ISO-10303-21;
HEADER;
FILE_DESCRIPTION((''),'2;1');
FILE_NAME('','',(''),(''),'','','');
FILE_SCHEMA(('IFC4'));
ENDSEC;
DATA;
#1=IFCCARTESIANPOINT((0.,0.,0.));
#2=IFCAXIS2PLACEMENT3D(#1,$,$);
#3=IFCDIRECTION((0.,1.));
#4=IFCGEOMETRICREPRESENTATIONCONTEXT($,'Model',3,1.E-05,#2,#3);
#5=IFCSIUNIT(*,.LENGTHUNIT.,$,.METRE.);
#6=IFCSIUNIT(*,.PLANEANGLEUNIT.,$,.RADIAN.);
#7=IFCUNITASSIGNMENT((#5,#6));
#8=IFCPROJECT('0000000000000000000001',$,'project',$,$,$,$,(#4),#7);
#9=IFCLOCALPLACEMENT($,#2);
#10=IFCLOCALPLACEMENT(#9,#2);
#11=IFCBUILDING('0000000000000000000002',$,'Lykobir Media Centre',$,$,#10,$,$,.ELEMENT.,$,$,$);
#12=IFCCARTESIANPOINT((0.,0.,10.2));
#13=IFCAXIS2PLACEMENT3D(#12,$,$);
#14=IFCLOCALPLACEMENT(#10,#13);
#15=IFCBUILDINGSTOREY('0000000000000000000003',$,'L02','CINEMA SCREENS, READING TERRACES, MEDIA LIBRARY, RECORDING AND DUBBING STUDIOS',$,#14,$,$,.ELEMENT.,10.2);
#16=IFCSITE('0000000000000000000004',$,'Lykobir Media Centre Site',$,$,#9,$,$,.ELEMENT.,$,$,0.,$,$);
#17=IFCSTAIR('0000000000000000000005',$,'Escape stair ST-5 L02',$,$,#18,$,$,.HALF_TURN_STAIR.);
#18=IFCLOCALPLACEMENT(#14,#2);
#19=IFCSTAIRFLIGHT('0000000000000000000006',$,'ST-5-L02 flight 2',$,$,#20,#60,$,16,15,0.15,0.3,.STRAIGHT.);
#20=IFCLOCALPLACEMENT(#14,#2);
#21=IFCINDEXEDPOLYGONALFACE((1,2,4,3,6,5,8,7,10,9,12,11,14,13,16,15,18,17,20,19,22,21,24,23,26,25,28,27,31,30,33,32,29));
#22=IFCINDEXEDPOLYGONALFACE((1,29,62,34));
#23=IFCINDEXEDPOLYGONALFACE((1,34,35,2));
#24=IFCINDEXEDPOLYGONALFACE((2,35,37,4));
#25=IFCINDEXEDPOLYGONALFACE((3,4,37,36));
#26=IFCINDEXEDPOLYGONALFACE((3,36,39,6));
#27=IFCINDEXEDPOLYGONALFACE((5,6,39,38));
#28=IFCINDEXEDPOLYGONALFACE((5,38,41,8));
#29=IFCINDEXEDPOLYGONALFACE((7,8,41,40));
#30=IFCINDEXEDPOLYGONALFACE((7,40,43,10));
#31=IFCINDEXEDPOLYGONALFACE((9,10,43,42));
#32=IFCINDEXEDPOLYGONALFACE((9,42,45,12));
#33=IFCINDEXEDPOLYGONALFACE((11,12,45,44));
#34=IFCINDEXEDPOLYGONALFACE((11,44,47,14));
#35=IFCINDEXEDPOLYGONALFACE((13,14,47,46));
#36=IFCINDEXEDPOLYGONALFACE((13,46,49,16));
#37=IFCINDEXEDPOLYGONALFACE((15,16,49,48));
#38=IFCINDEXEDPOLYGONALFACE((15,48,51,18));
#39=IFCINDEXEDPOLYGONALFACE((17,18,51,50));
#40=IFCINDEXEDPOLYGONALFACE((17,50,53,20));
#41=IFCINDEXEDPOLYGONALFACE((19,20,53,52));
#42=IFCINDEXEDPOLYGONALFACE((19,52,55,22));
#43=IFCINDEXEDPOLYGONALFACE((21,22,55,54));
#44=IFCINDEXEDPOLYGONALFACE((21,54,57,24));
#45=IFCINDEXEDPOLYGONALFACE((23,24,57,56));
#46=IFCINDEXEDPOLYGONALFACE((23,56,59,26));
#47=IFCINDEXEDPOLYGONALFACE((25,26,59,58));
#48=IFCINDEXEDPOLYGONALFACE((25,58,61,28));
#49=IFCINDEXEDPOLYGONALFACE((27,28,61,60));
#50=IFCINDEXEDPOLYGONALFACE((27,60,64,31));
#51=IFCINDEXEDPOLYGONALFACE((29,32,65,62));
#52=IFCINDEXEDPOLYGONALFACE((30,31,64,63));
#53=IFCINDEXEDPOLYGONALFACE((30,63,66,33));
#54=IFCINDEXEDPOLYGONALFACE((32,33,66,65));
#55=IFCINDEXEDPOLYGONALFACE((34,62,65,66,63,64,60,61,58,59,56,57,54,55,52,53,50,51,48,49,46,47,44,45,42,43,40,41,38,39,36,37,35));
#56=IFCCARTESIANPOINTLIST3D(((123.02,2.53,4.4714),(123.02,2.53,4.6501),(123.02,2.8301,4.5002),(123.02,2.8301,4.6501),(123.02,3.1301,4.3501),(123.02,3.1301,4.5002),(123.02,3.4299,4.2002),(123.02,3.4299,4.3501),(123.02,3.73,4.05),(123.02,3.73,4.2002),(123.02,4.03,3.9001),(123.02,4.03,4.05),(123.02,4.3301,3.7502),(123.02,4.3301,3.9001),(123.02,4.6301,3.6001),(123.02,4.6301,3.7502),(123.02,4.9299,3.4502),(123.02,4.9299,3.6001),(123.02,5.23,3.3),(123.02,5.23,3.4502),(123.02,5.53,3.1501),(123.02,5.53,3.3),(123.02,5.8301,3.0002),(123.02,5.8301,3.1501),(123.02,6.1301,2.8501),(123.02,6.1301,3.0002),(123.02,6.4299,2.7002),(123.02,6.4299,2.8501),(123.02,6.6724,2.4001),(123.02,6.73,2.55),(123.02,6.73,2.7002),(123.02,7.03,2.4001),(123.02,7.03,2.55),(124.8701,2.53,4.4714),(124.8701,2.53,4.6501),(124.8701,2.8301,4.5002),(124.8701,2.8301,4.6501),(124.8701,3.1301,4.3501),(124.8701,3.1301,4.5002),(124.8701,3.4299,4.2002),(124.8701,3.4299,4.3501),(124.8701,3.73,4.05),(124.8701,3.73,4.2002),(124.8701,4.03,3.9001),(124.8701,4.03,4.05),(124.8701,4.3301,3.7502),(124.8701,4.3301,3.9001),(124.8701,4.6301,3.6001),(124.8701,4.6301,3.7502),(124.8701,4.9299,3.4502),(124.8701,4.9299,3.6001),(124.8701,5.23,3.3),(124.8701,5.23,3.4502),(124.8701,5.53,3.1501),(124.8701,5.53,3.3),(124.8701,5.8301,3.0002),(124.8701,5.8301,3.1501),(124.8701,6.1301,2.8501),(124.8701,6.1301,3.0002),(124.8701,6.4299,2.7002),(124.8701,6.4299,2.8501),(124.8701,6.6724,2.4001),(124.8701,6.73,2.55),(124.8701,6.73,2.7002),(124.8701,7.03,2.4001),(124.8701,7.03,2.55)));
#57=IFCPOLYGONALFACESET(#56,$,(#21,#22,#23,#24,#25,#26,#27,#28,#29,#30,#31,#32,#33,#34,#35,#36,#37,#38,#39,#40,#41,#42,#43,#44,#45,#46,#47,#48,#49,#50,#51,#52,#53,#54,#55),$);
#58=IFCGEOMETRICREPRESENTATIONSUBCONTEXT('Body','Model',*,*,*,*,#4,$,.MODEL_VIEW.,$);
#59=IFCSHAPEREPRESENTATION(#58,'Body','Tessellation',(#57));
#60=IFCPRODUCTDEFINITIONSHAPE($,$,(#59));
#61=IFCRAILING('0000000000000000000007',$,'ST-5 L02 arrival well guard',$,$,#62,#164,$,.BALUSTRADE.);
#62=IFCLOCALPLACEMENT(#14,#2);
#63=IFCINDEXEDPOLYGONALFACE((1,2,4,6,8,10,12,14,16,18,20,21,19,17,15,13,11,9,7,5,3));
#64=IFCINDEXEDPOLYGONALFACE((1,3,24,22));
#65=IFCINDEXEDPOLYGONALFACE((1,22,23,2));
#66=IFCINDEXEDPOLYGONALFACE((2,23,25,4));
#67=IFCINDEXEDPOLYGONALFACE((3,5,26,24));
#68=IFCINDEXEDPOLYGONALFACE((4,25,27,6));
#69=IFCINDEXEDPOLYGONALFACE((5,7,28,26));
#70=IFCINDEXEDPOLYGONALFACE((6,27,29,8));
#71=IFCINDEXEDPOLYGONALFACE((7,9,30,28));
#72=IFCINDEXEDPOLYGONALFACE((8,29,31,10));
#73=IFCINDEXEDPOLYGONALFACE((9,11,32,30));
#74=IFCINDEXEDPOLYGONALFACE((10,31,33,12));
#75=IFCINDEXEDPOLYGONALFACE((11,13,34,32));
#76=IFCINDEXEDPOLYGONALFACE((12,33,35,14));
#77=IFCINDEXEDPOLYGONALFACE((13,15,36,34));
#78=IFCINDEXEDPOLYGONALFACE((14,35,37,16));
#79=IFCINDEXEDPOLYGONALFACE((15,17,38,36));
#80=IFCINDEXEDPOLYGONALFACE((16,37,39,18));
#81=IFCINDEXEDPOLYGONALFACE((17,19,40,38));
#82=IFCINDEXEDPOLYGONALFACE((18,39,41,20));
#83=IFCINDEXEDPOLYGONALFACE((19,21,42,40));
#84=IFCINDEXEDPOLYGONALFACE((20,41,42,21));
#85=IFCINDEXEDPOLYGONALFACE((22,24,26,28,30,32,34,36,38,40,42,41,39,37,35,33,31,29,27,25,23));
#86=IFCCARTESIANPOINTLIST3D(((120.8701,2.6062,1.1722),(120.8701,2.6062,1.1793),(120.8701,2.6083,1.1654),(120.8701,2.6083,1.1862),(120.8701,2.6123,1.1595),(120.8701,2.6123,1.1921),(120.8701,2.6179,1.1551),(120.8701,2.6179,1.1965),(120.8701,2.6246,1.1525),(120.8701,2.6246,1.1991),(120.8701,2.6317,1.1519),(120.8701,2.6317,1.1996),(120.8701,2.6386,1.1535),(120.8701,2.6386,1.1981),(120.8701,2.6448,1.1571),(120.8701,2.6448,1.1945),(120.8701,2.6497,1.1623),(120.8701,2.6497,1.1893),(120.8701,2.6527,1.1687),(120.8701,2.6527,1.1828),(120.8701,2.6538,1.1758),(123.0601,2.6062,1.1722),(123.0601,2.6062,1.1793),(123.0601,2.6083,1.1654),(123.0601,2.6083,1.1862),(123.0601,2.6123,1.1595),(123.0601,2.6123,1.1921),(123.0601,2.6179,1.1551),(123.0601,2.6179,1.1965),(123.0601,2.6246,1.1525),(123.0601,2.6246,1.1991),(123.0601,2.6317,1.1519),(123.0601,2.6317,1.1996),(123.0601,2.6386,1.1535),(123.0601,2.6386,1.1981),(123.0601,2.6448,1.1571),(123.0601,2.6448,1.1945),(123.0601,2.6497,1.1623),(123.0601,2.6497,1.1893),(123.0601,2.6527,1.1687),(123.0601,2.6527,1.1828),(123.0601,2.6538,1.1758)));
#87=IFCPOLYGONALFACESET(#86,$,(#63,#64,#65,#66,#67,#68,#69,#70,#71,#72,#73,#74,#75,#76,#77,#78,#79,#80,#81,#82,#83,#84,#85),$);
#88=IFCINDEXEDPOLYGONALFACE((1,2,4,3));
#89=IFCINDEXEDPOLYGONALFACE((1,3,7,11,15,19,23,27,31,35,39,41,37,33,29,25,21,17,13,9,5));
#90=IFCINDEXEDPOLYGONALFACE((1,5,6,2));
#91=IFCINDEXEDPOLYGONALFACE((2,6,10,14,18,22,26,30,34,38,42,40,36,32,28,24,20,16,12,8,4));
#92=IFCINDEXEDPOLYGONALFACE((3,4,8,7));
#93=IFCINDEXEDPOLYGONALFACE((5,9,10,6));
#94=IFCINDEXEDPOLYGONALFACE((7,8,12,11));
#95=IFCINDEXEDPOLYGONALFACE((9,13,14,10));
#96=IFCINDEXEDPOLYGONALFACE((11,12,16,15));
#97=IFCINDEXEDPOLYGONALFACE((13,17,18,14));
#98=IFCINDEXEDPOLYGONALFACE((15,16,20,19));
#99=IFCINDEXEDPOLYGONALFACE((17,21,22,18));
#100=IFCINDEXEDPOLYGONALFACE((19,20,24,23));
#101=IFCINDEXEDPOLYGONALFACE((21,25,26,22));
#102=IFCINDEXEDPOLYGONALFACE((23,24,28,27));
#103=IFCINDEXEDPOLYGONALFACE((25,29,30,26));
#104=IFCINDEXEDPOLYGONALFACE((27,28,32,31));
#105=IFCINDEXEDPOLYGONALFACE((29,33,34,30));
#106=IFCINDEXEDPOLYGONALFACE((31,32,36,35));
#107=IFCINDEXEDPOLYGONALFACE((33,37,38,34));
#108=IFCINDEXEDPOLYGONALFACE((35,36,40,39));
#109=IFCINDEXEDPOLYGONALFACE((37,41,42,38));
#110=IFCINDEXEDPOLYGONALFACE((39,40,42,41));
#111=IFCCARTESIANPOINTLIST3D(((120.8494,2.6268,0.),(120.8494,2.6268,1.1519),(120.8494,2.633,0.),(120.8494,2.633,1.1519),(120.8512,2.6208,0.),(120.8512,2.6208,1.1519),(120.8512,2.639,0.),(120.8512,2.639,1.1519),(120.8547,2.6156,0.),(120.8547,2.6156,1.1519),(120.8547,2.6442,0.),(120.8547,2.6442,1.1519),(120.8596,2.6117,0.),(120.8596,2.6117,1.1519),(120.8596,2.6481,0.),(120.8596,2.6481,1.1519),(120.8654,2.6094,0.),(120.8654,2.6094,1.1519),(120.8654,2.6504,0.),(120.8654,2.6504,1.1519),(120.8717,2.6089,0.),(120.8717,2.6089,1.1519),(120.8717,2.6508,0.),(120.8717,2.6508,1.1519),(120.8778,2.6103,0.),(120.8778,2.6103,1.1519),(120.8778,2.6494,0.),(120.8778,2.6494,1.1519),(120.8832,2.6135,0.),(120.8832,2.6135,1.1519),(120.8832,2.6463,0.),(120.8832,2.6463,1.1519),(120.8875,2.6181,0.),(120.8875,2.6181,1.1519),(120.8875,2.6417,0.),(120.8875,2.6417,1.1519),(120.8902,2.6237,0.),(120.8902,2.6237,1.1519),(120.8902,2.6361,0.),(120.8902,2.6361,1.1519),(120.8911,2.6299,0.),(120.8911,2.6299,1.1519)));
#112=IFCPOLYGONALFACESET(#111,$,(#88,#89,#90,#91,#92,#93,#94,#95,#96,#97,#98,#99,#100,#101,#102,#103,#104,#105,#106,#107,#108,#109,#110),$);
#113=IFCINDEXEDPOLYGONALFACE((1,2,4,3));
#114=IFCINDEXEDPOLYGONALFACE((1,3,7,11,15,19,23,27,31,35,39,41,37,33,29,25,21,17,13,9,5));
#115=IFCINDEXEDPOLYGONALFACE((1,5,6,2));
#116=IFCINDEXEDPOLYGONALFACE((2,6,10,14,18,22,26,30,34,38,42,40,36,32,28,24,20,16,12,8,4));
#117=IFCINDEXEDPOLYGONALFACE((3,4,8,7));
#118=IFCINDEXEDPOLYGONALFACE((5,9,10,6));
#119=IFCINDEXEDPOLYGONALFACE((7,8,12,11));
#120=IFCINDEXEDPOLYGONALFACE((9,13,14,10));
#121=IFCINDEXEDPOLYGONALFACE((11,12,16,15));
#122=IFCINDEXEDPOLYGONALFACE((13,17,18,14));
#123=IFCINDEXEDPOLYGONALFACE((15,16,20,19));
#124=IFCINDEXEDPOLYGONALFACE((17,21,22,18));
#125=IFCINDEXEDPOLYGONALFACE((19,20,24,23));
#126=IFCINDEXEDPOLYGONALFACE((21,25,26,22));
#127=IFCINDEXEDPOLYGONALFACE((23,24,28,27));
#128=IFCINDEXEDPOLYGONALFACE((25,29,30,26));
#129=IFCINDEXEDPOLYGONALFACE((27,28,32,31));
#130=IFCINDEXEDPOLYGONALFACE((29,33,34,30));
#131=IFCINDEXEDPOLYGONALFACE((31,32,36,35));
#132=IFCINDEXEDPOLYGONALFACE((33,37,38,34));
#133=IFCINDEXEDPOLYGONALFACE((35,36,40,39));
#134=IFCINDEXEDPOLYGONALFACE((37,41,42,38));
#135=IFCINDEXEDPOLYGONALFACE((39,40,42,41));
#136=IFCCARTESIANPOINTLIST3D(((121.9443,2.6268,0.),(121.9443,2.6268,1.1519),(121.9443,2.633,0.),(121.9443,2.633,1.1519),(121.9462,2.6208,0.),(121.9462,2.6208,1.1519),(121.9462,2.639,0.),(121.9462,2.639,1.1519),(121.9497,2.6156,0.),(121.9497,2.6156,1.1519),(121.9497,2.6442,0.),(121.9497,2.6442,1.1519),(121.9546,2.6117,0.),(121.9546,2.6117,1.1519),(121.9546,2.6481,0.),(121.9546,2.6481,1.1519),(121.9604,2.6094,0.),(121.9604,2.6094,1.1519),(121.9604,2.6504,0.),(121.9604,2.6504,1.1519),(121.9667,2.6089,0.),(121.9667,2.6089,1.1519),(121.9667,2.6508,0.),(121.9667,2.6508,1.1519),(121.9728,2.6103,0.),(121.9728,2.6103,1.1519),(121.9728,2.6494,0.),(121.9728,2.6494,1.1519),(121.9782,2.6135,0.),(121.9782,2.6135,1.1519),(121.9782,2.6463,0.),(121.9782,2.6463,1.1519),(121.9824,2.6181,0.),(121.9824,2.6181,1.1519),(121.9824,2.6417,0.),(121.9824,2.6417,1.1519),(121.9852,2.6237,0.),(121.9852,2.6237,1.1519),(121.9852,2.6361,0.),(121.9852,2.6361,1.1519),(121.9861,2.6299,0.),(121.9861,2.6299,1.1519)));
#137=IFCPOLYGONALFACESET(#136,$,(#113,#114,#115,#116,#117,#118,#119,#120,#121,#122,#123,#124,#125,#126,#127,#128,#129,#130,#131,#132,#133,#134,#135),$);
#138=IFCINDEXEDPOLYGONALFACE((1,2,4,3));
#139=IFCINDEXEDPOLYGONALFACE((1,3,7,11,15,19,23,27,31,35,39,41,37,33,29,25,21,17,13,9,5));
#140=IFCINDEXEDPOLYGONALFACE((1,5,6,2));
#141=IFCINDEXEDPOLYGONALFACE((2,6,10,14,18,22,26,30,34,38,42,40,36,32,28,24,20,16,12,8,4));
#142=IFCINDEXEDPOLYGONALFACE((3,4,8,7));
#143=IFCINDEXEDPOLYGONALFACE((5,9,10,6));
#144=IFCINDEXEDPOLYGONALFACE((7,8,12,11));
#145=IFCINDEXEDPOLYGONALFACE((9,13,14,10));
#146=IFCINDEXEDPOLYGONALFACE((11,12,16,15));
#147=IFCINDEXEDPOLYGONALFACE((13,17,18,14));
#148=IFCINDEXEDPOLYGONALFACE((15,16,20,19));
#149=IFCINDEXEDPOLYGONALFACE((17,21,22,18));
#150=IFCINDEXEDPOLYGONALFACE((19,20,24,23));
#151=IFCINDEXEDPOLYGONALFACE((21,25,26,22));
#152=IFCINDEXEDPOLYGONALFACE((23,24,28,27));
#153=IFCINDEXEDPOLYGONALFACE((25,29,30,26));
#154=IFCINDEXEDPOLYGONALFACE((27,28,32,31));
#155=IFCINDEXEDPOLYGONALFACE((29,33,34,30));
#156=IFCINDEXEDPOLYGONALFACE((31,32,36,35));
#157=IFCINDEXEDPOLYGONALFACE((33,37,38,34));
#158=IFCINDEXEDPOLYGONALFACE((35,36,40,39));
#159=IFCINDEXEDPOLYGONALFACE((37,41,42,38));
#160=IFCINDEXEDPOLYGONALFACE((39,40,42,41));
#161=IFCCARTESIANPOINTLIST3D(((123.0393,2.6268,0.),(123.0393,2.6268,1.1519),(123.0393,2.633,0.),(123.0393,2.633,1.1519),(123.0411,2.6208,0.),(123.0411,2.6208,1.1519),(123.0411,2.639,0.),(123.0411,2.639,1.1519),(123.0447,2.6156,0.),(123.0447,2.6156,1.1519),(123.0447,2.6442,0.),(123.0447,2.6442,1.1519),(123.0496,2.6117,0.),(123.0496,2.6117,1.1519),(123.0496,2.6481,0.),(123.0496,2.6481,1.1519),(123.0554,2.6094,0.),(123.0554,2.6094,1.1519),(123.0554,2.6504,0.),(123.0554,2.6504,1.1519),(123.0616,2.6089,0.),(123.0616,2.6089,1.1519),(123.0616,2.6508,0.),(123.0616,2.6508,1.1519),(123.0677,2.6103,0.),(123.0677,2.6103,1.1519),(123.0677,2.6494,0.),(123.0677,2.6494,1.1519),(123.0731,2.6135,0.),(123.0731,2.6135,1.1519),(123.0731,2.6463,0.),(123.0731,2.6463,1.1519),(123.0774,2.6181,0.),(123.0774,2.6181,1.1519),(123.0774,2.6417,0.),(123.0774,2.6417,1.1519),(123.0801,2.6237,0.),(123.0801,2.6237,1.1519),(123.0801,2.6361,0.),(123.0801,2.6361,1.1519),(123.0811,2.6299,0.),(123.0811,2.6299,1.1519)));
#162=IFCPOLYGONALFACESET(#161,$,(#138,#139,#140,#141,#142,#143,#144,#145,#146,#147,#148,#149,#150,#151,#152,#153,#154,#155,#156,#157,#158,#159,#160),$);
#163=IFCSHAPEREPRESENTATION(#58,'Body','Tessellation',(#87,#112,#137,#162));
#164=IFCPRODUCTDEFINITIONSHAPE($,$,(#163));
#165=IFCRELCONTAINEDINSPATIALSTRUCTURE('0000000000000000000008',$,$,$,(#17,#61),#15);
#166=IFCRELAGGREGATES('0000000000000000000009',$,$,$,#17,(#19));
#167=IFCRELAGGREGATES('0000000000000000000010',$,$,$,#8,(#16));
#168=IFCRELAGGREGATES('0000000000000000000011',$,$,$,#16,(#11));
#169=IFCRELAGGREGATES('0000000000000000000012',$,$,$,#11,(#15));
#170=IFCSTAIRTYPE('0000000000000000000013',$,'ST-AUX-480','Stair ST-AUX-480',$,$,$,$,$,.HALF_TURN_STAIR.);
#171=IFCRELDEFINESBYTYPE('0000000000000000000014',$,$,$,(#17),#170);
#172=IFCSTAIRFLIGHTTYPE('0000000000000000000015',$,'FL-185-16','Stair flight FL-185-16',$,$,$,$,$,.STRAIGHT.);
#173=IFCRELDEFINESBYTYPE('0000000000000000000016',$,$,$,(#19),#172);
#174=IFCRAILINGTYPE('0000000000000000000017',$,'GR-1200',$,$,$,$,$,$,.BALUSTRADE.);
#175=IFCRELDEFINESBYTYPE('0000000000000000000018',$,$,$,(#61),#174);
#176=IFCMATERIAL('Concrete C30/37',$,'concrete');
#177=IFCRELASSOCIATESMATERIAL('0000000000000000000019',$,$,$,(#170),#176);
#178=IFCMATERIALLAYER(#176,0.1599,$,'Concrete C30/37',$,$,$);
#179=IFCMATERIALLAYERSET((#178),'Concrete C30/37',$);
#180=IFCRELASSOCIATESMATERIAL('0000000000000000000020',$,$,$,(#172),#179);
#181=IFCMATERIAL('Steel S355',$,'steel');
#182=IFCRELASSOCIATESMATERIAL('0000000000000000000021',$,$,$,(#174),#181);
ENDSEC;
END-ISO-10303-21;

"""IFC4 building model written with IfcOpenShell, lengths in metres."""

from ifc_helpers import new_model, si_unit, direction, frame, origin, origin_2d, place, context, subcontext, project, spatial, polyline, circle, outline, extrude, material, layer, layer_set, type_object, element, aggregate, save


model = new_model("IFC4")

# Units and contexts
model_context = context("Model", 3, precision=1e-05, world=origin(), true_north=direction((0.0, 1.0)))
body_context = subcontext(model_context, "Body", "Model", "MODEL_VIEW")
ifc_project = project(units=[si_unit("LENGTHUNIT", "METRE"), si_unit("PLANEANGLEUNIT", "RADIAN")], contexts=[model_context])

# Site, building, storey
site_placement = place(None, origin())
site = spatial("IfcSite", under=ifc_project, at=site_placement, Name="Lykobir Media Centre Site", CompositionType="ELEMENT", RefElevation=0.0)
building_placement = place(site_placement, origin())
building = spatial("IfcBuilding", under=site, at=building_placement, Name="Lykobir Media Centre", CompositionType="ELEMENT")
storey_placement = place(building_placement, frame((0.0, 0.0, 10.2)))
storey = spatial("IfcBuildingStorey", under=building, at=storey_placement, Name="L02", Description="CINEMA SCREENS, READING TERRACES, MEDIA LIBRARY, RECORDING AND DUBBING STUDIOS", CompositionType="ELEMENT", Elevation=10.2)

# Shared definitions
ifc_material_1 = material(Name="Steel S355", Category="steel")

# Shared definitions
ifc_material_2 = material(Name="Concrete C30/37", Category="concrete")

# Stair, stair flight
stair_type = type_object("IfcStairType", Name="ST-AUX-480", Description="Stair ST-AUX-480", PredefinedType="HALF_TURN_STAIR", material=ifc_material_2)
stair_placement = place(storey_placement, origin())
stair = element("IfcStair", 1, at=stair_placement, inside=storey, type_object=stair_type, Name="Escape stair ST-5 L02", PredefinedType="HALF_TURN_STAIR")
ifc_layer_1 = layer(ifc_material_2, 0.1599, Name="Concrete C30/37")
ifc_layer_set_1 = layer_set([ifc_layer_1], Name="Concrete C30/37")
stair_flight_type = type_object("IfcStairFlightType", Name="FL-185-16", Description="Stair flight FL-185-16", PredefinedType="STRAIGHT", material=ifc_layer_set_1)
stair_flight_placement = place(storey_placement, frame((123.9451, 7.03, 2.4001), z_axis=(0.0, 0.0, 1.0), x_axis=(0.0, -1.0, 0.0)))
stair_flight = element("IfcStairFlight", 2, at=stair_flight_placement, type_object=stair_flight_type, Name="ST-5-L02 flight 2", NumberOfRisers=16, NumberOfTreads=15, PredefinedType="STRAIGHT", RiserHeight=0.15, TreadLength=0.3, context=body_context, shape_type="SweptSolid", body=[
    extrude(outline(polyline([(0.0, 0.0), (0.0, 0.1499), (0.3, 0.1499), (0.3, 0.3), (0.6001, 0.3), (0.6001, 0.45), (0.8999, 0.45), (0.8999, 0.6001), (1.2, 0.6001), (1.2, 0.75), (1.5, 0.75), (1.5, 0.8999), (1.8, 0.8999), (1.8, 1.05), (2.1001, 1.05), (2.1001, 1.2), (2.3999, 1.2), (2.3999, 1.3501), (2.7, 1.3501), (2.7, 1.5), (3.0, 1.5), (3.0, 1.6499), (3.3, 1.6499), (3.3, 1.8), (3.6001, 1.8), (3.6001, 1.95), (3.8999, 1.95), (3.8999, 2.1001), (4.2, 2.1001), (4.2, 2.25), (4.5, 2.25), (4.5, 2.3999), (4.5, 2.0713), (0.3577, 0.0), (0.0, 0.0)])), frame((0.0, 0.925, 0.0), z_axis=(0.0, -1.0, 0.0), x_axis=(1.0, 0.0, 0.0)), (0.0, 0.0, 1.0), 1.8501),
])
aggregate(stair, [stair_flight])

# Railing
railing_type_1 = type_object("IfcRailingType", Name="GR-1200", PredefinedType="BALUSTRADE", material=ifc_material_1)
railing_1_placement = place(storey_placement, frame((120.8701, 2.6299, 0.0)))
element("IfcRailing", 3, at=railing_1_placement, inside=storey, type_object=railing_type_1, Name="ST-5 L02 arrival well guard", PredefinedType="BALUSTRADE", context=body_context, shape_type="SweptSolid", body=[
    extrude(circle(Radius=0.0239, at=origin_2d()), frame((0.0, 0.0, 1.1758), z_axis=(1.0, 0.0, 0.0), x_axis=(0.0, 1.0, 0.0)), (0.0, 0.0, 1.0), 2.1899),
    extrude(circle(Radius=0.021, at=origin_2d()), origin(), (0.0, 0.0, 1.0), 1.1519),
    extrude(circle(Radius=0.021, at=origin_2d()), frame((1.095, 0.0, 0.0)), (0.0, 0.0, 1.0), 1.1519),
    extrude(circle(Radius=0.021, at=origin_2d()), frame((2.1899, 0.0, 0.0)), (0.0, 0.0, 1.0), 1.1519),
])

save(model, "model.ifc")
